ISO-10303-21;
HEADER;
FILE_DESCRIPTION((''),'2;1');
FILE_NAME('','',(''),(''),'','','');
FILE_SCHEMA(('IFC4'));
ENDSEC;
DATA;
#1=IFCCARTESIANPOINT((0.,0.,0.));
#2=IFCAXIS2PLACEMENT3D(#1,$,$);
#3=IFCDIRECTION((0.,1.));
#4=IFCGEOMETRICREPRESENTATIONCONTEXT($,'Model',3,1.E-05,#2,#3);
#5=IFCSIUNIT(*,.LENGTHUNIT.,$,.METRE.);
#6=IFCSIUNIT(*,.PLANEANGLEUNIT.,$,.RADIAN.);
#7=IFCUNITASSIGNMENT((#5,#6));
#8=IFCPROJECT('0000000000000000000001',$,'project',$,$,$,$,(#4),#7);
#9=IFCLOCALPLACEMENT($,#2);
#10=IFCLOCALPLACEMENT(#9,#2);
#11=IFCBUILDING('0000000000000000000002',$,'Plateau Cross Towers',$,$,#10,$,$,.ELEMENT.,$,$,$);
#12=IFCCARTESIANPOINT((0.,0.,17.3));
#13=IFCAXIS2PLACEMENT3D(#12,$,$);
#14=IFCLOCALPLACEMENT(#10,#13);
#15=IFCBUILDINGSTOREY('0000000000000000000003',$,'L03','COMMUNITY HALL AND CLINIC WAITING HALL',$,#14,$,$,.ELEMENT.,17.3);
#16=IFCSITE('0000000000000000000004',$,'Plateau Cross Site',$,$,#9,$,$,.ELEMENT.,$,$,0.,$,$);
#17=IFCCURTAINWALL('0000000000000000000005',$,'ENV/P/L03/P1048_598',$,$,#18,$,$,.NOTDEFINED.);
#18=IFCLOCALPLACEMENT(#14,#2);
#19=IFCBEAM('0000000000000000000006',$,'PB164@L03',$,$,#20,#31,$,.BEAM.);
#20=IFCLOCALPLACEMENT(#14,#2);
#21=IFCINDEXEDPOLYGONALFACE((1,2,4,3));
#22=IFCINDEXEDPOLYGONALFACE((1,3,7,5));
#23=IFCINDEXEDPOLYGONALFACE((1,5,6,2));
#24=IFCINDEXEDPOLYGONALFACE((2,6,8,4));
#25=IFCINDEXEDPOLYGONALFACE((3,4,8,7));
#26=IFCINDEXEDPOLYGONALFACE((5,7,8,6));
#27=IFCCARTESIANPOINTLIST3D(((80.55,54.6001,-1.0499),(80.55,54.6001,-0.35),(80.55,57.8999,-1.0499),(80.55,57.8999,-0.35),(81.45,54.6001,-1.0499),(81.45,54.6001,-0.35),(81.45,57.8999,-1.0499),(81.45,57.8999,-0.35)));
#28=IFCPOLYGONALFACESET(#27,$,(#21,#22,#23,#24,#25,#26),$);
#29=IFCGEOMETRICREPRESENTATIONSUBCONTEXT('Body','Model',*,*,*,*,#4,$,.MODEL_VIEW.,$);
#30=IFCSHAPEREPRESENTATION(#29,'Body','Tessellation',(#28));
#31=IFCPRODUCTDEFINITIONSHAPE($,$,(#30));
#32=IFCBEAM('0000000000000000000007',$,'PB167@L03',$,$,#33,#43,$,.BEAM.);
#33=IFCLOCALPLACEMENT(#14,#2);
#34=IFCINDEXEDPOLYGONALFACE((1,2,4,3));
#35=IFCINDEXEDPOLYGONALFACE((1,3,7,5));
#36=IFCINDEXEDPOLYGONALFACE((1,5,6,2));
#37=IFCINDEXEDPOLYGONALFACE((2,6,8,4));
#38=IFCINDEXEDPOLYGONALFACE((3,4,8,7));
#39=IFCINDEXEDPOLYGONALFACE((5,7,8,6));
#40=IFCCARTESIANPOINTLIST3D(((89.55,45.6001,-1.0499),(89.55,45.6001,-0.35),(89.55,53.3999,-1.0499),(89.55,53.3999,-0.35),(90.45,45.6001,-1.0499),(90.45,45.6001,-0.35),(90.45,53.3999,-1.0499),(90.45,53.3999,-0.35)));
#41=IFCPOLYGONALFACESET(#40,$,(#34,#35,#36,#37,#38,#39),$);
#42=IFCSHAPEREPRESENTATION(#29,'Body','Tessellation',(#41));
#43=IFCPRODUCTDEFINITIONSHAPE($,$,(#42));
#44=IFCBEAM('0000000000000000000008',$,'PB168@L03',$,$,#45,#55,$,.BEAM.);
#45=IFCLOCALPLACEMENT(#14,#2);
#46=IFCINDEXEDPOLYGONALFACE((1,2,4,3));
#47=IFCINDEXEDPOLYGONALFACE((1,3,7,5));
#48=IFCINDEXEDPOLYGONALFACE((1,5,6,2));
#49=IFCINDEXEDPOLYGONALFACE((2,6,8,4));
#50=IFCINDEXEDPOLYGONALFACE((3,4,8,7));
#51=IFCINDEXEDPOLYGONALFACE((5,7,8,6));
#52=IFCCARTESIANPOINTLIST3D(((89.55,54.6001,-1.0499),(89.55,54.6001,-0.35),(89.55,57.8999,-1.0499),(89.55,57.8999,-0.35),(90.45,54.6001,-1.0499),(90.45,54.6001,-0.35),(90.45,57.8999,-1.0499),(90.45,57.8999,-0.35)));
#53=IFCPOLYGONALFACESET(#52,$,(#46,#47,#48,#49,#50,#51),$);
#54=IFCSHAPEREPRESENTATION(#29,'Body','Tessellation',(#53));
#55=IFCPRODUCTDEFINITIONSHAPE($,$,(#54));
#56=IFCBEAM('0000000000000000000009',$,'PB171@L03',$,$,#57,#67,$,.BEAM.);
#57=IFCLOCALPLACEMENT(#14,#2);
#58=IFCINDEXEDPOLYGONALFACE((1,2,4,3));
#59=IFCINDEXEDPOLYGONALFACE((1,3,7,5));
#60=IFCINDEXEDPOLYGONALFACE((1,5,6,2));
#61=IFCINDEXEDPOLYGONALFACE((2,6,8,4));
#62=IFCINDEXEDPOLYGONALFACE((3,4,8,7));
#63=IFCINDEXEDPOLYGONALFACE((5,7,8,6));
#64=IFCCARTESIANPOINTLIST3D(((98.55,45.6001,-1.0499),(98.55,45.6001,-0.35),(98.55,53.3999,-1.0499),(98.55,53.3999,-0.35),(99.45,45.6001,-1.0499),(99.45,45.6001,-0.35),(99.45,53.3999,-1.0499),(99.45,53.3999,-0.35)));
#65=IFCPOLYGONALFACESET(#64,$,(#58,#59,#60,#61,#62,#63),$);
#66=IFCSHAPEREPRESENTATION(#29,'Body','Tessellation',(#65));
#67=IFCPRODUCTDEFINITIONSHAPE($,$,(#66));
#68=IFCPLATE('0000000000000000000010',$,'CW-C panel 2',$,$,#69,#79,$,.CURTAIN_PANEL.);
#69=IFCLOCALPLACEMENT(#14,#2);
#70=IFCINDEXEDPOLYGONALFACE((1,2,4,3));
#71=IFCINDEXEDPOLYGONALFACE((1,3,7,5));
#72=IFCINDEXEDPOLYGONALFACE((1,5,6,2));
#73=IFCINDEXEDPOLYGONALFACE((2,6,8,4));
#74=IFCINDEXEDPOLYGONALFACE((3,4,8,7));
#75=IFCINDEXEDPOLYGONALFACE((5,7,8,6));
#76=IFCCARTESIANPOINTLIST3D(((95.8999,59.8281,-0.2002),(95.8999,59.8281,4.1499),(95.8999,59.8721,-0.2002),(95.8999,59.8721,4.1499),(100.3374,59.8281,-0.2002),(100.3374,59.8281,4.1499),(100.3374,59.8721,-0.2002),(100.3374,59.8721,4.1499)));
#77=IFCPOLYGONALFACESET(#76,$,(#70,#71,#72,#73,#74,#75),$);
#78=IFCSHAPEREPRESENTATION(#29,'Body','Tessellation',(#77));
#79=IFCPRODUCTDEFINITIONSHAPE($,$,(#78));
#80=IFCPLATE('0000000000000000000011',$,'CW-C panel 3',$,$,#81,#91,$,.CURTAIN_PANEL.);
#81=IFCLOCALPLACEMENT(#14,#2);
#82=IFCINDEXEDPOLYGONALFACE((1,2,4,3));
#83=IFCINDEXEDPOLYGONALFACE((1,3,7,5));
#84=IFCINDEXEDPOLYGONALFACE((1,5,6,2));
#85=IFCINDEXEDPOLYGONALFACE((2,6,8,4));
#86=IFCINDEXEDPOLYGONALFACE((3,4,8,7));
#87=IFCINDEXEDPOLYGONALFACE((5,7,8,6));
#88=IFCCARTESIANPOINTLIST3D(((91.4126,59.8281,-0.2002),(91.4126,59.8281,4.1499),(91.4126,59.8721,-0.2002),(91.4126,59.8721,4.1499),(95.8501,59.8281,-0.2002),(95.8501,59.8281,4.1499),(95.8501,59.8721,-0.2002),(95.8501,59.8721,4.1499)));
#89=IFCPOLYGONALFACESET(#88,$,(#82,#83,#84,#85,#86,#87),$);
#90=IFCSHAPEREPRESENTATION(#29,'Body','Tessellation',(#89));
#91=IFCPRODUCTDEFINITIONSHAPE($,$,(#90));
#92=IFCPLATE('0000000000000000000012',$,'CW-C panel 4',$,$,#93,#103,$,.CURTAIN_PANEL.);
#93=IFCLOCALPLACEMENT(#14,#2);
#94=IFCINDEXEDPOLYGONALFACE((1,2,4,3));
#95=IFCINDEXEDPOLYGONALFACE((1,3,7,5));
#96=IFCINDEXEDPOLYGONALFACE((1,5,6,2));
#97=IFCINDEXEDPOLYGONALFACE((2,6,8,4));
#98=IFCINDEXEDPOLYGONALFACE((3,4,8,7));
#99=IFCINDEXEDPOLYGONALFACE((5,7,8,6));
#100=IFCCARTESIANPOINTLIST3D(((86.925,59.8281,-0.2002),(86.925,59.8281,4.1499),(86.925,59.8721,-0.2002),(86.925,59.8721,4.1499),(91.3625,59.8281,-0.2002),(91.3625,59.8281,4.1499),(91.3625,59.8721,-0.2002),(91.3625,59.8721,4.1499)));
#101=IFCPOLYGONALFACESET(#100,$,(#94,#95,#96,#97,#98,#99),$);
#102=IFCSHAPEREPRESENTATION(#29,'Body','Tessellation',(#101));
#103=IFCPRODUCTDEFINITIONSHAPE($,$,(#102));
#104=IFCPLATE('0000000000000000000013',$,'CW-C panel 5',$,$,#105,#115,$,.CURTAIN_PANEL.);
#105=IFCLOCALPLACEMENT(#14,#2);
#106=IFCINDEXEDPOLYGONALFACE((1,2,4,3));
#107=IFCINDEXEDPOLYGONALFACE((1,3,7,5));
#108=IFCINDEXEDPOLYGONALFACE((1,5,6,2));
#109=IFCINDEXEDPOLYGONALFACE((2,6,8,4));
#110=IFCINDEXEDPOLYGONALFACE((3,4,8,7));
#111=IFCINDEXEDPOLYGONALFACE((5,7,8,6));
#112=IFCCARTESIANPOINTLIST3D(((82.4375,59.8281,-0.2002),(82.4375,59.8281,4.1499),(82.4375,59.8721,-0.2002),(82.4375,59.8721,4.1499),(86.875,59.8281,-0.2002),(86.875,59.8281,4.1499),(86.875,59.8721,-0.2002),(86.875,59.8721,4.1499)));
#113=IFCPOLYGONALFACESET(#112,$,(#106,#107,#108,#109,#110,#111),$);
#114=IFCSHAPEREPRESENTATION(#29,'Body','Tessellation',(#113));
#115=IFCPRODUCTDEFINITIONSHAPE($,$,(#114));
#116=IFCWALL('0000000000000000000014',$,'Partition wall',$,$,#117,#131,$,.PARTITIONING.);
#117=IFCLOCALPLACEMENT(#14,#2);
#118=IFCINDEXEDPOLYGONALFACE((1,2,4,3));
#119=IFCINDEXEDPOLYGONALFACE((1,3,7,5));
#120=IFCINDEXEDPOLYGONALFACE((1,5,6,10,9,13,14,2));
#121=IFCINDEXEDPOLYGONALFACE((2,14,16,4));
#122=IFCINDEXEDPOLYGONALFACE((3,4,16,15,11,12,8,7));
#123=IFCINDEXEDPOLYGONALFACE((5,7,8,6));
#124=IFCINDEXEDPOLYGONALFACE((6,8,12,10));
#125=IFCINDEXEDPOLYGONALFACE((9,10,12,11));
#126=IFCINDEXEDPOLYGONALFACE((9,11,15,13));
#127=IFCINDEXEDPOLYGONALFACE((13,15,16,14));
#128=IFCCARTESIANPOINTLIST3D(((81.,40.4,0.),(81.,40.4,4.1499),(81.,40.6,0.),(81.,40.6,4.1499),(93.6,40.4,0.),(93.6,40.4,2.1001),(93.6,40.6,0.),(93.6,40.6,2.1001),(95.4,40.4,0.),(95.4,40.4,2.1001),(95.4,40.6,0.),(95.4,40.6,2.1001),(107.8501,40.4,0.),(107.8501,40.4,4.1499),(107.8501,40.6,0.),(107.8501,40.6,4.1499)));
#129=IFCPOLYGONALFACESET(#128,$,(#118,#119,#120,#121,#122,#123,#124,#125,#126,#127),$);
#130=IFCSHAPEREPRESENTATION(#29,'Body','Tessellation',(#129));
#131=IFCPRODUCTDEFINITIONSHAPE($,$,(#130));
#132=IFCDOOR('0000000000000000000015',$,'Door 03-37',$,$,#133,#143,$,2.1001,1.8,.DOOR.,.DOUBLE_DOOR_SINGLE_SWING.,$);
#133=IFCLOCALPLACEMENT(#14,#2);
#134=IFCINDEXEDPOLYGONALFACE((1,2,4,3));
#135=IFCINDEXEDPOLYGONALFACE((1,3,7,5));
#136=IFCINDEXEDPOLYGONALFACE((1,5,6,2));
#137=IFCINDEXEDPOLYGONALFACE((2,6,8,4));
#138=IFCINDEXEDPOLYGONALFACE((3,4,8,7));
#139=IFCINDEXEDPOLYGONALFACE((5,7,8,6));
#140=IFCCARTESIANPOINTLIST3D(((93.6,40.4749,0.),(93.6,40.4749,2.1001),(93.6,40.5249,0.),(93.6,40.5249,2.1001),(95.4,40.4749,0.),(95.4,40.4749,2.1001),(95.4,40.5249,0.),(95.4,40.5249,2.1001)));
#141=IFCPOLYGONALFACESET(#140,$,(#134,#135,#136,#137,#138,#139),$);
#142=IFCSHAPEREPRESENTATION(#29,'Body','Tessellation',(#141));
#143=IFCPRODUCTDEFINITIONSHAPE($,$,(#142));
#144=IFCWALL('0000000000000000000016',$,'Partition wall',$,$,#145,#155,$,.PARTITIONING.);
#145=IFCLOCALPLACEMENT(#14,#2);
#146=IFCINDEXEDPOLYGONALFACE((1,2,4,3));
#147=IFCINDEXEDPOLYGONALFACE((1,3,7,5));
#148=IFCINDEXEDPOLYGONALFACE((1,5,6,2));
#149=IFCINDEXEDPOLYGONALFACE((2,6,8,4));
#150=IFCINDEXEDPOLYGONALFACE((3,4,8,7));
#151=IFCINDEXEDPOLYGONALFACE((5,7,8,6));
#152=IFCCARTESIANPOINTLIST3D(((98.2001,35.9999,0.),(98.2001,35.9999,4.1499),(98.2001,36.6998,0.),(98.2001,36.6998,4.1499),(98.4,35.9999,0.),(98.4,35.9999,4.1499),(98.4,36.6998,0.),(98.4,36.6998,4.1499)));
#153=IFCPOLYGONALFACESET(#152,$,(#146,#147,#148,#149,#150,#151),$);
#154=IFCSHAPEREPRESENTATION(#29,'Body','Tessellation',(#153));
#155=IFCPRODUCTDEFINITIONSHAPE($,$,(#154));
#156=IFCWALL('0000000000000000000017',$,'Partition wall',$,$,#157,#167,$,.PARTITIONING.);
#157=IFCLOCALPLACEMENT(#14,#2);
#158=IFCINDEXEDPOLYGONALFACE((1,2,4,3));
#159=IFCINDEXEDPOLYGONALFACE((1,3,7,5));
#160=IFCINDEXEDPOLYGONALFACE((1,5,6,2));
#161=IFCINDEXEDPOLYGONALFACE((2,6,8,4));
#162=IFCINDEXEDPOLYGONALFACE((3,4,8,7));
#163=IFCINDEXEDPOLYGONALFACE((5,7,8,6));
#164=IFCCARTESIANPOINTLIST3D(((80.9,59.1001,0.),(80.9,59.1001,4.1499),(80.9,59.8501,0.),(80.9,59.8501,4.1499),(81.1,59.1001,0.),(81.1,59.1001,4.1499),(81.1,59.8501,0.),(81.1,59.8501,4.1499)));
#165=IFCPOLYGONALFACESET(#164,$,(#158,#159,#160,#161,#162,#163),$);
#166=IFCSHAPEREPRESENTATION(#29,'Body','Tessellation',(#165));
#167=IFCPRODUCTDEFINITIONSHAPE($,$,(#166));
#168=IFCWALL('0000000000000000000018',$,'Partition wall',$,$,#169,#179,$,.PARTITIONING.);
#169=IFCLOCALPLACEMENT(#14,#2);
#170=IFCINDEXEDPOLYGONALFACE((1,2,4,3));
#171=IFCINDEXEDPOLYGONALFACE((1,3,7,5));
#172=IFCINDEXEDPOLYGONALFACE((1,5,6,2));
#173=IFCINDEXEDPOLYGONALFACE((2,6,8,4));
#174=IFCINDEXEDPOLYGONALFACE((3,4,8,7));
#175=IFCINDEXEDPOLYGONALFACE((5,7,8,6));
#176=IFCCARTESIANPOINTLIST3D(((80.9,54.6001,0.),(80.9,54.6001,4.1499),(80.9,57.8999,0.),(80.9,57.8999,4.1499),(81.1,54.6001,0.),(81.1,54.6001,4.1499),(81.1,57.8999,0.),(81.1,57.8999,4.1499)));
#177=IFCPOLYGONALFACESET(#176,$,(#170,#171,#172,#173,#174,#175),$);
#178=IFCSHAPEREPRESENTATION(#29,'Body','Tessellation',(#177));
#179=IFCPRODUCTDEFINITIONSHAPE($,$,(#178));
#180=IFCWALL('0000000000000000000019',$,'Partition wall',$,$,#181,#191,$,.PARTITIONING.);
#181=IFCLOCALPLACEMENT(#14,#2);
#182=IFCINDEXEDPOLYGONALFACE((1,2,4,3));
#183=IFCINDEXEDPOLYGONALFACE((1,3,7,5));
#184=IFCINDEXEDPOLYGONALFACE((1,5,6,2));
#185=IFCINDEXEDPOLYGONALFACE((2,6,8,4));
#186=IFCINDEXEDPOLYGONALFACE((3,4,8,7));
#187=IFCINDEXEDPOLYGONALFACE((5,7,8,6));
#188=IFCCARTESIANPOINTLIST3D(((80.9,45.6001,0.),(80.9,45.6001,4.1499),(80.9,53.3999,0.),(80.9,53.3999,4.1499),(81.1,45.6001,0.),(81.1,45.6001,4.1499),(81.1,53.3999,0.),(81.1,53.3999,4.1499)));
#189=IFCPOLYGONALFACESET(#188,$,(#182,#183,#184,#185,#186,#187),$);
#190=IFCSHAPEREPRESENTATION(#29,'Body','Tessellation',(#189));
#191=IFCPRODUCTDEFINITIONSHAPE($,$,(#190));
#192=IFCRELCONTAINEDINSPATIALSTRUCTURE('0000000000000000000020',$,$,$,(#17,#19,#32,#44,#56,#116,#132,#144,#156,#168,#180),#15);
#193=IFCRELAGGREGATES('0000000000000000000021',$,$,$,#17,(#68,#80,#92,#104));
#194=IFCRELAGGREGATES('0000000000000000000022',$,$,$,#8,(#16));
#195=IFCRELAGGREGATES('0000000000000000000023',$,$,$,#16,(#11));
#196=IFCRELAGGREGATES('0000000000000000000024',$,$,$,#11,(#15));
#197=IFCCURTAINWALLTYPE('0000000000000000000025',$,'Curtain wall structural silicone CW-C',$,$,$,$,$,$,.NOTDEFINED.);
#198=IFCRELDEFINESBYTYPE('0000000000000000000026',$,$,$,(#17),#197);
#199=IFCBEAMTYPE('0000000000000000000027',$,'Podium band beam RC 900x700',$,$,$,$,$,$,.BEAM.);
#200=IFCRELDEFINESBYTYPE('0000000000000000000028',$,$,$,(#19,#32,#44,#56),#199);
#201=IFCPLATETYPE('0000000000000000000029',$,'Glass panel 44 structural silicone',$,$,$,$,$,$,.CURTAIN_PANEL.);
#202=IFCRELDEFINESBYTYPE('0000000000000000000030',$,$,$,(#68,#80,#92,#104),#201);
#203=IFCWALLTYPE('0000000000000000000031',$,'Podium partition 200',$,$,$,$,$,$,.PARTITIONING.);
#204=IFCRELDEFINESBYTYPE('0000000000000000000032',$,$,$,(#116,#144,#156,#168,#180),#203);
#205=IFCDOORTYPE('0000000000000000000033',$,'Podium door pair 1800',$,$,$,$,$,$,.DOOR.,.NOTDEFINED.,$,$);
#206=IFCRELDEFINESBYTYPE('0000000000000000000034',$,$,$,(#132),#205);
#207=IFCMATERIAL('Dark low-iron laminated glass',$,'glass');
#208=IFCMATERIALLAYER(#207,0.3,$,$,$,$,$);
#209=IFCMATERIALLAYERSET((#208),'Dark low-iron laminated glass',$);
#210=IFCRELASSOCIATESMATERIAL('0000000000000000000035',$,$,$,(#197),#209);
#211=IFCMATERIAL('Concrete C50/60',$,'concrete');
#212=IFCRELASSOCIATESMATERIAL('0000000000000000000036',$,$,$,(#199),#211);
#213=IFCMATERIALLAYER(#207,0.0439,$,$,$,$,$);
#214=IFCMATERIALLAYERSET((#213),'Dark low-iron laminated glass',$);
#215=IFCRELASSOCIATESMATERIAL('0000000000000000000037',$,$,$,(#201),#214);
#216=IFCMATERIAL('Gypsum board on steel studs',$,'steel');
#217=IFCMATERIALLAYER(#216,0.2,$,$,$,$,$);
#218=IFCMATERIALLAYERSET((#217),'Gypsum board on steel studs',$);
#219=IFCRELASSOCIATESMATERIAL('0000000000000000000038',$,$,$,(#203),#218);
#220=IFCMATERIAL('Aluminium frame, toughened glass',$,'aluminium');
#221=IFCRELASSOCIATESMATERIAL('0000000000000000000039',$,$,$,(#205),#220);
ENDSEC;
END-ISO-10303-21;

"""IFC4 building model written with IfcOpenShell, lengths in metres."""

from ifc_helpers import new_model, si_unit, direction, frame, frame_2d, origin, origin_2d, place, context, subcontext, project, spatial, rectangle, extrude, material, layer, layer_set, material_profile, profile_set, type_object, element, fill, aggregate, save


model = new_model("IFC4")

# Units and contexts
model_context = context("Model", 3, precision=1e-05, world=origin(), true_north=direction((0.0, 1.0)))
body_context = subcontext(model_context, "Body", "Model", "MODEL_VIEW")
ifc_project = project(units=[si_unit("LENGTHUNIT", "METRE"), si_unit("PLANEANGLEUNIT", "RADIAN")], contexts=[model_context])

# Site, building, storey
site_placement = place(None, origin())
site = spatial("IfcSite", under=ifc_project, at=site_placement, Name="Plateau Cross Site", CompositionType="ELEMENT", RefElevation=0.0)
building_placement = place(site_placement, origin())
building = spatial("IfcBuilding", under=site, at=building_placement, Name="Plateau Cross Towers", CompositionType="ELEMENT")
storey_placement = place(building_placement, frame((0.0, 0.0, 17.3)))
storey = spatial("IfcBuildingStorey", under=building, at=storey_placement, Name="L03", Description="COMMUNITY HALL AND CLINIC WAITING HALL", CompositionType="ELEMENT", Elevation=17.3)

# Curtain wall
ifc_material_1 = material(Name="Dark low-iron laminated glass", Category="glass")
ifc_layer_1 = layer(ifc_material_1, 0.3)
ifc_layer_set_1 = layer_set([ifc_layer_1], Name="Dark low-iron laminated glass")
curtain_wall_type = type_object("IfcCurtainWallType", Name="Curtain wall structural silicone CW-C", PredefinedType="NOTDEFINED", material=ifc_layer_set_1)
curtain_wall_placement = place(storey_placement, origin())
curtain_wall = element("IfcCurtainWall", 1, at=curtain_wall_placement, inside=storey, type_object=curtain_wall_type, Name="ENV/P/L03/P1048_598", PredefinedType="NOTDEFINED")

# Beams
ifc_material_2 = material(Name="Concrete C50/60", Category="concrete")
ifc_material_profile_1 = material_profile(ifc_material_2, rectangle(XDim=0.8999, YDim=0.7, at=origin_2d()), Name="RC 900x700")
ifc_profile_set_1 = profile_set([ifc_material_profile_1], Name="Concrete C50/60")
beam_type = type_object("IfcBeamType", Name="Podium band beam RC 900x700", PredefinedType="BEAM", material=ifc_profile_set_1)
beam_1_placement = place(storey_placement, frame((81.0, 54.6001, -0.7), z_axis=(0.0, 1.0, 0.0), x_axis=(-1.0, 0.0, 0.0)))
element("IfcBeam", 2, at=beam_1_placement, inside=storey, type_object=beam_type, Name="PB164@L03", PredefinedType="BEAM", context=body_context, shape_type="SweptSolid", body=[
    extrude(rectangle(XDim=0.8999, YDim=0.7, at=origin_2d()), origin(), (0.0, 0.0, 1.0), 3.2998),
])
beam_2_placement = place(storey_placement, frame((90.0, 45.6001, -0.7), z_axis=(0.0, 1.0, 0.0), x_axis=(-1.0, 0.0, 0.0)))
element("IfcBeam", 3, at=beam_2_placement, inside=storey, type_object=beam_type, Name="PB167@L03", PredefinedType="BEAM", context=body_context, shape_type="SweptSolid", body=[
    extrude(rectangle(XDim=0.8999, YDim=0.7, at=origin_2d()), origin(), (0.0, 0.0, 1.0), 7.7998),
])
beam_3_placement = place(storey_placement, frame((90.0, 54.6001, -0.7), z_axis=(0.0, 1.0, 0.0), x_axis=(-1.0, 0.0, 0.0)))
element("IfcBeam", 4, at=beam_3_placement, inside=storey, type_object=beam_type, Name="PB168@L03", PredefinedType="BEAM", context=body_context, shape_type="SweptSolid", body=[
    extrude(rectangle(XDim=0.8999, YDim=0.7, at=origin_2d()), origin(), (0.0, 0.0, 1.0), 3.2998),
])
beam_4_placement = place(storey_placement, frame((99.0, 45.6001, -0.7), z_axis=(0.0, 1.0, 0.0), x_axis=(-1.0, 0.0, 0.0)))
element("IfcBeam", 5, at=beam_4_placement, inside=storey, type_object=beam_type, Name="PB171@L03", PredefinedType="BEAM", context=body_context, shape_type="SweptSolid", body=[
    extrude(rectangle(XDim=0.8999, YDim=0.7, at=origin_2d()), origin(), (0.0, 0.0, 1.0), 7.7998),
])

# Plates
ifc_layer_2 = layer(ifc_material_1, 0.0439)
ifc_layer_set_2 = layer_set([ifc_layer_2], Name="Dark low-iron laminated glass")
plate_type = type_object("IfcPlateType", Name="Glass panel 44 structural silicone", PredefinedType="CURTAIN_PANEL", material=ifc_layer_set_2)
plate_1_placement = place(storey_placement, frame((98.1187, 59.8501, -0.2002), z_axis=(0.0, 0.0, 1.0), x_axis=(-1.0, 0.0, 0.0)))
plate_1 = element("IfcPlate", 6, at=plate_1_placement, type_object=plate_type, Name="CW-C panel 2", PredefinedType="CURTAIN_PANEL", context=body_context, shape_type="SweptSolid", body=[
    extrude(rectangle(XDim=4.4375, YDim=0.0439, at=origin_2d()), origin(), (0.0, 0.0, 1.0), 4.3501),
])
plate_2_placement = place(storey_placement, frame((93.6313, 59.8501, -0.2002), z_axis=(0.0, 0.0, 1.0), x_axis=(-1.0, 0.0, 0.0)))
plate_2 = element("IfcPlate", 7, at=plate_2_placement, type_object=plate_type, Name="CW-C panel 3", PredefinedType="CURTAIN_PANEL", context=body_context, shape_type="SweptSolid", body=[
    extrude(rectangle(XDim=4.4375, YDim=0.0439, at=origin_2d()), origin(), (0.0, 0.0, 1.0), 4.3501),
])
plate_3_placement = place(storey_placement, frame((89.1438, 59.8501, -0.2002), z_axis=(0.0, 0.0, 1.0), x_axis=(-1.0, 0.0, 0.0)))
plate_3 = element("IfcPlate", 8, at=plate_3_placement, type_object=plate_type, Name="CW-C panel 4", PredefinedType="CURTAIN_PANEL", context=body_context, shape_type="SweptSolid", body=[
    extrude(rectangle(XDim=4.4375, YDim=0.0439, at=origin_2d()), origin(), (0.0, 0.0, 1.0), 4.3501),
])
plate_4_placement = place(storey_placement, frame((84.6562, 59.8501, -0.2002), z_axis=(0.0, 0.0, 1.0), x_axis=(-1.0, 0.0, 0.0)))
plate_4 = element("IfcPlate", 9, at=plate_4_placement, type_object=plate_type, Name="CW-C panel 5", PredefinedType="CURTAIN_PANEL", context=body_context, shape_type="SweptSolid", body=[
    extrude(rectangle(XDim=4.4375, YDim=0.0439, at=origin_2d()), origin(), (0.0, 0.0, 1.0), 4.3501),
])
aggregate(curtain_wall, [plate_1, plate_2, plate_3, plate_4])

# Wall, opening, door
ifc_material_3 = material(Name="Gypsum board on steel studs", Category="steel")
ifc_layer_3 = layer(ifc_material_3, 0.2)
ifc_layer_set_3 = layer_set([ifc_layer_3], Name="Gypsum board on steel studs")
wall_type = type_object("IfcWallType", Name="Podium partition 200", PredefinedType="PARTITIONING", material=ifc_layer_set_3)
wall_1_placement = place(storey_placement, frame((81.0, 40.5, 0.0), z_axis=(0.0, 0.0, 1.0), x_axis=(1.0, 0.0, 0.0)))
wall_1 = element("IfcWall", 10, at=wall_1_placement, inside=storey, type_object=wall_type, Name="Partition wall", PredefinedType="PARTITIONING", context=body_context, shape_type="SweptSolid", body=[
    extrude(rectangle(XDim=26.8501, YDim=0.2, at=frame_2d((13.425, 0.0))), origin(), (0.0, 0.0, 1.0), 4.1499),
])
opening_placement = place(wall_1_placement, frame((12.6001, 0.0, 0.0)))
opening = element("IfcOpeningElement", 11, at=opening_placement, cuts=wall_1, PredefinedType="OPENING", context=body_context, shape_type="SweptSolid", body=[
    extrude(rectangle(XDim=1.8, YDim=2.1001, at=frame_2d((0.8999, 1.05))), frame((0.0, 0.1099, 0.0), z_axis=(0.0, -1.0, 0.0), x_axis=(1.0, 0.0, 0.0)), (0.0, 0.0, 1.0), 0.22),
])
ifc_material_4 = material(Name="Aluminium frame, toughened glass", Category="aluminium")
door_type = type_object("IfcDoorType", Name="Podium door pair 1800", OperationType="NOTDEFINED", PredefinedType="DOOR", material=ifc_material_4)
door_placement = place(opening_placement, origin())
door = element("IfcDoor", 12, at=door_placement, inside=storey, type_object=door_type, Name="Door 03-37", OperationType="DOUBLE_DOOR_SINGLE_SWING", OverallHeight=2.1001, OverallWidth=1.8, PredefinedType="DOOR", context=body_context, shape_type="SweptSolid", body=[
    extrude(rectangle(XDim=1.8, YDim=2.1001, at=frame_2d((0.8999, 1.05))), frame((0.0, 0.0249, 0.0), z_axis=(0.0, -1.0, 0.0), x_axis=(1.0, 0.0, 0.0)), (0.0, 0.0, 1.0), 0.05),
])
fill(opening, door)

# Walls
wall_2_placement = place(storey_placement, frame((98.3, 36.7, 0.0), z_axis=(0.0, 0.0, 1.0), x_axis=(0.0, -1.0, 0.0)))
element("IfcWall", 13, at=wall_2_placement, inside=storey, type_object=wall_type, Name="Partition wall", PredefinedType="PARTITIONING", context=body_context, shape_type="SweptSolid", body=[
    extrude(rectangle(XDim=0.7, YDim=0.2, at=frame_2d((0.3501, 0.0))), origin(), (0.0, 0.0, 1.0), 4.1499),
])
wall_3_placement = place(storey_placement, frame((81.0, 59.8501, 0.0), z_axis=(0.0, 0.0, 1.0), x_axis=(0.0, -1.0, 0.0)))
element("IfcWall", 14, at=wall_3_placement, inside=storey, type_object=wall_type, Name="Partition wall", PredefinedType="PARTITIONING", context=body_context, shape_type="SweptSolid", body=[
    extrude(rectangle(XDim=0.75, YDim=0.2, at=frame_2d((0.375, 0.0))), origin(), (0.0, 0.0, 1.0), 4.1499),
])
wall_4_placement = place(storey_placement, frame((81.0, 57.8999, 0.0), z_axis=(0.0, 0.0, 1.0), x_axis=(0.0, -1.0, 0.0)))
element("IfcWall", 15, at=wall_4_placement, inside=storey, type_object=wall_type, Name="Partition wall", PredefinedType="PARTITIONING", context=body_context, shape_type="SweptSolid", body=[
    extrude(rectangle(XDim=3.2998, YDim=0.2, at=frame_2d((1.6499, 0.0))), origin(), (0.0, 0.0, 1.0), 4.1499),
])
wall_5_placement = place(storey_placement, frame((81.0, 53.3999, 0.0), z_axis=(0.0, 0.0, 1.0), x_axis=(0.0, -1.0, 0.0)))
element("IfcWall", 16, at=wall_5_placement, inside=storey, type_object=wall_type, Name="Partition wall", PredefinedType="PARTITIONING", context=body_context, shape_type="SweptSolid", body=[
    extrude(rectangle(XDim=7.7998, YDim=0.2, at=frame_2d((3.8999, 0.0))), origin(), (0.0, 0.0, 1.0), 4.1499),
])

save(model, "model.ifc")
